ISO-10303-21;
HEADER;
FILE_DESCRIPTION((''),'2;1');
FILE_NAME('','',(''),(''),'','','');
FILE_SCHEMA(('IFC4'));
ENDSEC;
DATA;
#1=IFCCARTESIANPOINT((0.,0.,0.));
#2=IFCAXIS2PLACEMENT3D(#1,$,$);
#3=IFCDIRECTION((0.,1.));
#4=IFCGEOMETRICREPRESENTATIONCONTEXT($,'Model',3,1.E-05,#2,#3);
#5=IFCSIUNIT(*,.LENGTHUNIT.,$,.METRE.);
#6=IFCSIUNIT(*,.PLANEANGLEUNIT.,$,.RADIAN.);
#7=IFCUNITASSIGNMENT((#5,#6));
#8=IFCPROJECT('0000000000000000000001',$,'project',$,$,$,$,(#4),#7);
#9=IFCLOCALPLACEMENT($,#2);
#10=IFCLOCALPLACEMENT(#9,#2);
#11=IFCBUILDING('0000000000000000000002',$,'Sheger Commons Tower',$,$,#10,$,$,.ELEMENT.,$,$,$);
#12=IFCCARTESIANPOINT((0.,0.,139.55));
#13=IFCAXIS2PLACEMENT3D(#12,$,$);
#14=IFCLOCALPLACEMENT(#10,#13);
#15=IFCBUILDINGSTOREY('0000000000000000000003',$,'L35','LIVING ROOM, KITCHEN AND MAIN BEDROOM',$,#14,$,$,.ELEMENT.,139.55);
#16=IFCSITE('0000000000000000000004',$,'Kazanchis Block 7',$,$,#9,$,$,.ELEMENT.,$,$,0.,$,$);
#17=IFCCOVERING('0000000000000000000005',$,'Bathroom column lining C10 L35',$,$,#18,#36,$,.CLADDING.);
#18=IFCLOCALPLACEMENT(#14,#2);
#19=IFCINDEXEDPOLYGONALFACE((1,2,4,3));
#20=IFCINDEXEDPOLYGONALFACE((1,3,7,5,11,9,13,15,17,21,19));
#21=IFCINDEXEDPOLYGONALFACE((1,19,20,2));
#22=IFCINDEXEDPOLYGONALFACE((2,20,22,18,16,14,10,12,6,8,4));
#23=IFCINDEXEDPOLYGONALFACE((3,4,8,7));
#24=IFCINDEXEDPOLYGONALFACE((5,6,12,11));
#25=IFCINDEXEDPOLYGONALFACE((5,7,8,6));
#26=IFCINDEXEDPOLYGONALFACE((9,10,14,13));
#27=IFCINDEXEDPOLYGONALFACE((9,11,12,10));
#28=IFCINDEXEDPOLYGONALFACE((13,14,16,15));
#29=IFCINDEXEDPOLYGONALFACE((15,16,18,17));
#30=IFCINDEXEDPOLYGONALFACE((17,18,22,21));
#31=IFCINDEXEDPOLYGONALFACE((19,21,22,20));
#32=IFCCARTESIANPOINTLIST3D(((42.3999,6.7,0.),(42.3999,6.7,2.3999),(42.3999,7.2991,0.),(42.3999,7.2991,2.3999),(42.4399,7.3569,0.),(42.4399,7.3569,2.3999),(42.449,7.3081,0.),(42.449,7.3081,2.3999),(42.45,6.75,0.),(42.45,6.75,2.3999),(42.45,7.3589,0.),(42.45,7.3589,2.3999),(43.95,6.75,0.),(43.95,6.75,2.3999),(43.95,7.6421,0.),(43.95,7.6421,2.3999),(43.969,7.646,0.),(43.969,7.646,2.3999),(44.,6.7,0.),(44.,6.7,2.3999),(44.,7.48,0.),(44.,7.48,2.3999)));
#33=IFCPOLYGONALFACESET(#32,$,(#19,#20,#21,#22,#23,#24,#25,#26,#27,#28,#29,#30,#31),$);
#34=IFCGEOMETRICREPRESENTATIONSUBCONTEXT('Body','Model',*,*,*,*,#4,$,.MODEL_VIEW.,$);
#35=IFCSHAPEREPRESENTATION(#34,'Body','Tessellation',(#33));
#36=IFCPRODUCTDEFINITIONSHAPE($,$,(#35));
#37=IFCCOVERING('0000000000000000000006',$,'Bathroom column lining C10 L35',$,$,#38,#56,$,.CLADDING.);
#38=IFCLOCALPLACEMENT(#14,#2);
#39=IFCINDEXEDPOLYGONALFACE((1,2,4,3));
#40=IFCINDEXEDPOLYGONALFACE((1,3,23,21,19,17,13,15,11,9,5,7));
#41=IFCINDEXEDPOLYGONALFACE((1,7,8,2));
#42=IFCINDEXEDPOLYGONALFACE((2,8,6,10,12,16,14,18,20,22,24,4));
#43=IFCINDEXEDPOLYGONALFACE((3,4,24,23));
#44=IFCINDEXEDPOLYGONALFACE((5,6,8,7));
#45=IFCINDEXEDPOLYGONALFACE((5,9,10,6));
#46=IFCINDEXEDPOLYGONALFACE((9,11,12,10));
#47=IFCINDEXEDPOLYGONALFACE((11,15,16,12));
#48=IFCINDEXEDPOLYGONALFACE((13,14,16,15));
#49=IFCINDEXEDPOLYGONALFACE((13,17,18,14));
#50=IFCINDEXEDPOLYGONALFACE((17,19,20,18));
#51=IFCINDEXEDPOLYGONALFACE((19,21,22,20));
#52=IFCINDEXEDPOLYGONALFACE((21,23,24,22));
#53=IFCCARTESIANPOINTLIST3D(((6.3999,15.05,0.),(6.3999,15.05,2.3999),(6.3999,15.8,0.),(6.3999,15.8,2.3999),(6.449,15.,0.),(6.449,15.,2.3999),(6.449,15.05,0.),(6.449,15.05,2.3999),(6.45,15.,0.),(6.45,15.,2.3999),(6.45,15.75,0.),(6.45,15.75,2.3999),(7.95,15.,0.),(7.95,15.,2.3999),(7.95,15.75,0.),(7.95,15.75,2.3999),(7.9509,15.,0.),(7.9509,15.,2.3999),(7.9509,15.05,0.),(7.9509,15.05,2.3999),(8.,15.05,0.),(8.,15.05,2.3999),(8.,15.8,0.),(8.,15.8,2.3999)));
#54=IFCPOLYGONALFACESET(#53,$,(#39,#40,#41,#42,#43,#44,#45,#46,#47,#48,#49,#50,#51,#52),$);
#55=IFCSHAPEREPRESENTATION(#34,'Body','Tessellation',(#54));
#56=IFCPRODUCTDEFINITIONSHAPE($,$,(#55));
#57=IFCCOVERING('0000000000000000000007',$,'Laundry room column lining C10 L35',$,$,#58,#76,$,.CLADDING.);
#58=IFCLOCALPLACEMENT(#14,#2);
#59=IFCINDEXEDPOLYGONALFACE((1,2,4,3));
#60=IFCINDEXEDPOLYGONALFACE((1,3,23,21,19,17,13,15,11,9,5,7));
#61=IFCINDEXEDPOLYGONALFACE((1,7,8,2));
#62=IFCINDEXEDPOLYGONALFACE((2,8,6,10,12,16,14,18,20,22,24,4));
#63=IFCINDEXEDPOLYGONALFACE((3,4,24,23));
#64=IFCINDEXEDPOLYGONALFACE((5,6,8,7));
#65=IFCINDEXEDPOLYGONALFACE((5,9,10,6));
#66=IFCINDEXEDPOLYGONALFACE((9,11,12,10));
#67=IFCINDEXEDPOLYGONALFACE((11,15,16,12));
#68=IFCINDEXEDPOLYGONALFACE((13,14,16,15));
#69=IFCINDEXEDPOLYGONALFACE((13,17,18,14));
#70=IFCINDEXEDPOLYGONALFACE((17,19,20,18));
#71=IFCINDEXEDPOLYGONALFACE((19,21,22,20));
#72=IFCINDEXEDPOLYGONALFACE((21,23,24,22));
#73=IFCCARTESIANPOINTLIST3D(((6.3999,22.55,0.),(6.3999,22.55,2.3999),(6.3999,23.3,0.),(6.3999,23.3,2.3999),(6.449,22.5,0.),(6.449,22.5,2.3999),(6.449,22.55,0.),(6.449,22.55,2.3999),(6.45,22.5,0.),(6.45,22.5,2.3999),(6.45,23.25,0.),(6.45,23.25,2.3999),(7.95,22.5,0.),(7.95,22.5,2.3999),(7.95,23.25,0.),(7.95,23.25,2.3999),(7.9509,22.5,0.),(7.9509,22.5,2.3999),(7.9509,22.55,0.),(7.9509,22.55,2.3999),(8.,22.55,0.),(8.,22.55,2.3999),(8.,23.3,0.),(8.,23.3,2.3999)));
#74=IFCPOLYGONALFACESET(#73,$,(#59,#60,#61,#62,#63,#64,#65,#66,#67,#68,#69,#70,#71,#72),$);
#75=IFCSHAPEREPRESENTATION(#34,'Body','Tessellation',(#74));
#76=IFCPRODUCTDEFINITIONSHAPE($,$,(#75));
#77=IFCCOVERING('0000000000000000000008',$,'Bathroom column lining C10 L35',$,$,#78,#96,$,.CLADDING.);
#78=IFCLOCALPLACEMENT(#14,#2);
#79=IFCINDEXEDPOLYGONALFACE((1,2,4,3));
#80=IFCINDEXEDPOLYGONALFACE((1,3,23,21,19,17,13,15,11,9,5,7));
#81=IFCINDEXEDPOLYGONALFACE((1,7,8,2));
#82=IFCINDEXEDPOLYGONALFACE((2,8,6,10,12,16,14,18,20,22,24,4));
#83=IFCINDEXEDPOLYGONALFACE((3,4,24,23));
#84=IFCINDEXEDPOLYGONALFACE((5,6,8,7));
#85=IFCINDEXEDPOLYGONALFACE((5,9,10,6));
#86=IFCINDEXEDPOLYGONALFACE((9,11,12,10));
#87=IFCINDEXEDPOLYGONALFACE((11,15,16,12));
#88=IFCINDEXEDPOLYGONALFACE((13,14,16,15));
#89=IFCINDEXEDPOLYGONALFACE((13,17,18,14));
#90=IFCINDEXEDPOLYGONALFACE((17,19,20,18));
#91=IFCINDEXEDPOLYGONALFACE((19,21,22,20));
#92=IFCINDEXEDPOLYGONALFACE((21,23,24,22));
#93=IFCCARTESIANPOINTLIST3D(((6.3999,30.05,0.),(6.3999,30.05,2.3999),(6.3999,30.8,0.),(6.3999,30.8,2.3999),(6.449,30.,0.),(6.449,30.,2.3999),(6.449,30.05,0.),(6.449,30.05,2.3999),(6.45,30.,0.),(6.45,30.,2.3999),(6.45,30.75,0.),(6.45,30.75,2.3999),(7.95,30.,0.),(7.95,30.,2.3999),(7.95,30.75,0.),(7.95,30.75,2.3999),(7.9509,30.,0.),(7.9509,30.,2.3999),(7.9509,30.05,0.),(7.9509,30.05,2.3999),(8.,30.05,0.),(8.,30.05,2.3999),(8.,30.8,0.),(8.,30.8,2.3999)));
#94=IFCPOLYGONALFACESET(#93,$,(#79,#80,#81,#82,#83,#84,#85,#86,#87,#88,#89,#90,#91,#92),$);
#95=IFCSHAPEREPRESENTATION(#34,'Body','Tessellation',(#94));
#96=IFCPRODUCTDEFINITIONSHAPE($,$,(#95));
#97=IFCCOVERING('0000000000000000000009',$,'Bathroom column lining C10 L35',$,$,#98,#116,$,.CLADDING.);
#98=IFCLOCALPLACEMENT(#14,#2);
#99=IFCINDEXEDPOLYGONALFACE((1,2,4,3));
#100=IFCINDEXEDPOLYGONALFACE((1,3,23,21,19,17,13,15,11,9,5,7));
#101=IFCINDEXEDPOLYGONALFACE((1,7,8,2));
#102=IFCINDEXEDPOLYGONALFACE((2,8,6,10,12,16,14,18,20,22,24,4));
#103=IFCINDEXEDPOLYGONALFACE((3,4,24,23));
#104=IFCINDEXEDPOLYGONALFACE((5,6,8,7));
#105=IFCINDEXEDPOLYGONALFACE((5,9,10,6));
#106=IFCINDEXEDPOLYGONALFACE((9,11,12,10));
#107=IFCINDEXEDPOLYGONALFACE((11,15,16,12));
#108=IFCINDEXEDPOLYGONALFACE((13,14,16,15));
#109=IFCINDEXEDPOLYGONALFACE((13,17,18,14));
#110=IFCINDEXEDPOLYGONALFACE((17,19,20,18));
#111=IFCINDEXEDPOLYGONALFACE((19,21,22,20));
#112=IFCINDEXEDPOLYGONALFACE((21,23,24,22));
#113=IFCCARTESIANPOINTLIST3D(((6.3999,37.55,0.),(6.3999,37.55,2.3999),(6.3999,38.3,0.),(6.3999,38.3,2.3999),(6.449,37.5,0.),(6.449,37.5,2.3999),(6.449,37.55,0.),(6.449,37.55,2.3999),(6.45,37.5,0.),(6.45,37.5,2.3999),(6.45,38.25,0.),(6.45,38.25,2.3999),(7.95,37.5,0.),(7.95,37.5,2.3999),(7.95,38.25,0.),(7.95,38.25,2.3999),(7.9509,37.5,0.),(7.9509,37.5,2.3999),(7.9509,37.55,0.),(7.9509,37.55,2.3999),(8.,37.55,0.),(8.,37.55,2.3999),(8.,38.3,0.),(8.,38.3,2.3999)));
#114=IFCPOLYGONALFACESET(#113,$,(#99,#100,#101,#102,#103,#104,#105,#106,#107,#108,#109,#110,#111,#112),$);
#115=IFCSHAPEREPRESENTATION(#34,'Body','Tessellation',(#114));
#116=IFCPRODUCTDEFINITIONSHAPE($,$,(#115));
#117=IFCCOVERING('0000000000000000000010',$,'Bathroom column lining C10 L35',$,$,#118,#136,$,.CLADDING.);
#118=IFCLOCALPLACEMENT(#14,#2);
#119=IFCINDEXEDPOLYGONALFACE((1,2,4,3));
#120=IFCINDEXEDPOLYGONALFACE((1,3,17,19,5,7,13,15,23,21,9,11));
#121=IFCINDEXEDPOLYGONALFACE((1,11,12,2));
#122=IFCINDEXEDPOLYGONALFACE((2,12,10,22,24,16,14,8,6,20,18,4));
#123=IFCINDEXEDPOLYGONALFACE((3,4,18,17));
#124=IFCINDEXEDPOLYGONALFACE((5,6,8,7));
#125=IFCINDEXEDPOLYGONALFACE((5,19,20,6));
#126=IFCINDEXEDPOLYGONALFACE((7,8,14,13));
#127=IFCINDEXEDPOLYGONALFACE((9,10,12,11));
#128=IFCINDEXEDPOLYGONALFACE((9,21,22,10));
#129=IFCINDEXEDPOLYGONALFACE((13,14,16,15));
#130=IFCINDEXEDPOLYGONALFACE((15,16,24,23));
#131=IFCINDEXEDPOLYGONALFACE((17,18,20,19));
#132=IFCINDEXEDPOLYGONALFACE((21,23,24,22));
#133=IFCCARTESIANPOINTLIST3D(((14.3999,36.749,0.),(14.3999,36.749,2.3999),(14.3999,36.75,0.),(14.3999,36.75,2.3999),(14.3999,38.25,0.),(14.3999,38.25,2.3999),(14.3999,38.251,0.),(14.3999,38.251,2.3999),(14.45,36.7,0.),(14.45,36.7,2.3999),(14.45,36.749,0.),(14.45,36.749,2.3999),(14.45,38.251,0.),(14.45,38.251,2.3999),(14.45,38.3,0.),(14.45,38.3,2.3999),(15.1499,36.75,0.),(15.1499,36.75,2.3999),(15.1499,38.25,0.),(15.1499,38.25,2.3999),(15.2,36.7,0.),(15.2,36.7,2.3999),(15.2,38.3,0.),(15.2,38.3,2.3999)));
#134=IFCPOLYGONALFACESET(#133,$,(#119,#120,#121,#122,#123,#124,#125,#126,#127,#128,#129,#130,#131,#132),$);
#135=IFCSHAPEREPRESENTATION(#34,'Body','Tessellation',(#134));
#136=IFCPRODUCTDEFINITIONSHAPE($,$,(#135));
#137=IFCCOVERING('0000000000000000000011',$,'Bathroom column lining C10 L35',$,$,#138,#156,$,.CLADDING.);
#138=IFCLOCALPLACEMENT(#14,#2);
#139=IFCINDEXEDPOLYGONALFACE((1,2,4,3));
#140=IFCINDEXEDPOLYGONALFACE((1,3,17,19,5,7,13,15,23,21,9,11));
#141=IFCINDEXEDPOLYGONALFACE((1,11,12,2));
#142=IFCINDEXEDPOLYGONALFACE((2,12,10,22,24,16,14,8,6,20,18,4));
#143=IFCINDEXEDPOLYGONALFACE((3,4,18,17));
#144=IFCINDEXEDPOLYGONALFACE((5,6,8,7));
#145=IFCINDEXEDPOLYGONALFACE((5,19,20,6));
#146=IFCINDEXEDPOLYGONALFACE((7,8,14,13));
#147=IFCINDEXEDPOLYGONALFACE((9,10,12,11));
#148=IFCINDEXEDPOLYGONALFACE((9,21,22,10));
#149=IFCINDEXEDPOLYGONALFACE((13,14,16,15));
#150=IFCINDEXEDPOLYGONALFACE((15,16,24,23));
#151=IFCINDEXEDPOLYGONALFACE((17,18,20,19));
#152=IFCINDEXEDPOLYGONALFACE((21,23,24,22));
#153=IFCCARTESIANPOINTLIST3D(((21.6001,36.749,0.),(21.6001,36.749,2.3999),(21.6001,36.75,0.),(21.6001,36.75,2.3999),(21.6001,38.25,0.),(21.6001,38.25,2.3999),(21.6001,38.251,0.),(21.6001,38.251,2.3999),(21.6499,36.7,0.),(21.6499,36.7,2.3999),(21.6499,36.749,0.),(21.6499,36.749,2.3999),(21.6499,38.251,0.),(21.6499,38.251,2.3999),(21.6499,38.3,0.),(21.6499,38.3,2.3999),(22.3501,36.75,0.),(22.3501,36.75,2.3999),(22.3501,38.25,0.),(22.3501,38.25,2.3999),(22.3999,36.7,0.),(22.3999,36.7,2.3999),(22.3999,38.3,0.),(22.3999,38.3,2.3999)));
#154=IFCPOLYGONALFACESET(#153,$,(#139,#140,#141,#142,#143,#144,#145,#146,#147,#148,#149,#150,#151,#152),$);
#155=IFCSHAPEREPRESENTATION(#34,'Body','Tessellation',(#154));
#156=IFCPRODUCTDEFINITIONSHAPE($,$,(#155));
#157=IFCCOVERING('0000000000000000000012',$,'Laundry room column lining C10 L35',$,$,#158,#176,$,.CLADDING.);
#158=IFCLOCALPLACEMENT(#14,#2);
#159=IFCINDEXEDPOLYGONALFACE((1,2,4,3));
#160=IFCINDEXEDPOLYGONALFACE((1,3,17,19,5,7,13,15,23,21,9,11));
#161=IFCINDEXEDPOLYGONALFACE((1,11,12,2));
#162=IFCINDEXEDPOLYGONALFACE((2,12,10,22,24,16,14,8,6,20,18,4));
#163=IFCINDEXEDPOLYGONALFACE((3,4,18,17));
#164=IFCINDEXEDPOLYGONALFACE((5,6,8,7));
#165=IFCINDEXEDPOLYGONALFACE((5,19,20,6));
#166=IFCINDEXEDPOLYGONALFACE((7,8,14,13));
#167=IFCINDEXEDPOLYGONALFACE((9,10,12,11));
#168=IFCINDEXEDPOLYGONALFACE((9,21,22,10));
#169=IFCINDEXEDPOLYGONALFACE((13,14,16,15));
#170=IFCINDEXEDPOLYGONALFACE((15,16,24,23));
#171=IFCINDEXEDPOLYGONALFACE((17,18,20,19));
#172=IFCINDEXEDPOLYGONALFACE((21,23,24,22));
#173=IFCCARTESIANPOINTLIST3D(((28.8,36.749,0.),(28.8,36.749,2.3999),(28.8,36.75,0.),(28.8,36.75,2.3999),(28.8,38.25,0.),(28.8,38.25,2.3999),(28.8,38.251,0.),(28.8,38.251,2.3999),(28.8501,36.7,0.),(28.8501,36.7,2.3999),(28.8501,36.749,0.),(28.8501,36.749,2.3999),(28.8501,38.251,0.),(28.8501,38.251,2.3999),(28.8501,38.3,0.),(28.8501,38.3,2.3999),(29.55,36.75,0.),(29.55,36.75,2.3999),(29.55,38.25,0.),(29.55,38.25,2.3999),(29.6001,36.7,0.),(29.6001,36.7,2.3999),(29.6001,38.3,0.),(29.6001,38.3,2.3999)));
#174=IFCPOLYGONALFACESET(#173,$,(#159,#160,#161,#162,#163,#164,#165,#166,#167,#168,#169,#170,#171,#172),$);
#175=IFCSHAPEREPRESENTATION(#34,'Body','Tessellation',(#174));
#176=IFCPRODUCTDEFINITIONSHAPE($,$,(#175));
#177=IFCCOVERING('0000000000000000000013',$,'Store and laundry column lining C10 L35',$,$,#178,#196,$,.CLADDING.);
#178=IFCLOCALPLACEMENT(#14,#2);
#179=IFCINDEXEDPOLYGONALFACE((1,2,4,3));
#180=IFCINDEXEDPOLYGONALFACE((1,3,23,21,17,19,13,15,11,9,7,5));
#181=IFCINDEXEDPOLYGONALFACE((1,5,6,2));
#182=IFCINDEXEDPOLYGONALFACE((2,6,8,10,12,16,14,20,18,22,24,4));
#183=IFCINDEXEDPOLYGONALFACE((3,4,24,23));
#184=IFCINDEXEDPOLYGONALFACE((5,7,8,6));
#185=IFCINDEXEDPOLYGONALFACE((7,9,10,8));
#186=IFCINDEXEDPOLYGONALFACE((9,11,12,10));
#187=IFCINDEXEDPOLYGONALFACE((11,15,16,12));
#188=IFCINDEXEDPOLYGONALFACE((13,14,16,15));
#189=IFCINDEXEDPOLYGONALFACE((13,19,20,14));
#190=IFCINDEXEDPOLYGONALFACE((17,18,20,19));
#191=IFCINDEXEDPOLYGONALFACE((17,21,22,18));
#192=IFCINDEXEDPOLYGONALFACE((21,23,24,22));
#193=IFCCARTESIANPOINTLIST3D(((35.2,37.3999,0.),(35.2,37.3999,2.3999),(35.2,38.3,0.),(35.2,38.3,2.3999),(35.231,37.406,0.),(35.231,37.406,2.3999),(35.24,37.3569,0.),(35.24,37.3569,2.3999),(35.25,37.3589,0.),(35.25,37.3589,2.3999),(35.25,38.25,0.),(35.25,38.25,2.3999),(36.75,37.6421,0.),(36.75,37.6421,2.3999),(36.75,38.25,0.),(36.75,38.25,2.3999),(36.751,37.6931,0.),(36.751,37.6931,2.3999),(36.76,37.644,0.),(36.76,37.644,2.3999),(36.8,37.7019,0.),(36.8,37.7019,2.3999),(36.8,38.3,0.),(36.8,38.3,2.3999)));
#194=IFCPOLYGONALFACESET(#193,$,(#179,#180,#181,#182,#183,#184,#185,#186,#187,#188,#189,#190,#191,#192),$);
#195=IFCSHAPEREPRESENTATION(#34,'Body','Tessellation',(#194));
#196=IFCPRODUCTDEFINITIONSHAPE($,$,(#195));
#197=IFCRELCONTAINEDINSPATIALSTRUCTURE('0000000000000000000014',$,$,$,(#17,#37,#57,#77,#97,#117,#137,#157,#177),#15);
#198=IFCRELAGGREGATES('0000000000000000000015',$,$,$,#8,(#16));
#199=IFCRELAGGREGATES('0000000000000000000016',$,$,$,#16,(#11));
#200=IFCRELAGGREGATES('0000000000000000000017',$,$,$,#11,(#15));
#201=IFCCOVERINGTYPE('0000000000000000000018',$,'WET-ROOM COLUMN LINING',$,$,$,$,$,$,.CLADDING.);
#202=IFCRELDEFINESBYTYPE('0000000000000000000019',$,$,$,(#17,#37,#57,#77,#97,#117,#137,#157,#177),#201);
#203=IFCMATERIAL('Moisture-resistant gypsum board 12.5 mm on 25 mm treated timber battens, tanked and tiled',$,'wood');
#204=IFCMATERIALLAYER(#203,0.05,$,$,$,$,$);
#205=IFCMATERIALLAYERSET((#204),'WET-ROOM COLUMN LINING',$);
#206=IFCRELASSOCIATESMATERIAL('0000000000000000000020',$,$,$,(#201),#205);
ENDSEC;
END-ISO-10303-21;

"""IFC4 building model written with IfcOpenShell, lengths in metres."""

from ifc_helpers import new_model, si_unit, direction, frame, origin, place, context, subcontext, project, spatial, polyline, outline, extrude, material, layer, layer_set, type_object, element, save


model = new_model("IFC4")

# Units and contexts
model_context = context("Model", 3, precision=1e-05, world=origin(), true_north=direction((0.0, 1.0)))
body_context = subcontext(model_context, "Body", "Model", "MODEL_VIEW")
ifc_project = project(units=[si_unit("LENGTHUNIT", "METRE"), si_unit("PLANEANGLEUNIT", "RADIAN")], contexts=[model_context])

# Site, building, storey
site_placement = place(None, origin())
site = spatial("IfcSite", under=ifc_project, at=site_placement, Name="Kazanchis Block 7", CompositionType="ELEMENT", RefElevation=0.0)
building_placement = place(site_placement, origin())
building = spatial("IfcBuilding", under=site, at=building_placement, Name="Sheger Commons Tower", CompositionType="ELEMENT")
storey_placement = place(building_placement, frame((0.0, 0.0, 139.55)))
storey = spatial("IfcBuildingStorey", under=building, at=storey_placement, Name="L35", Description="LIVING ROOM, KITCHEN AND MAIN BEDROOM", CompositionType="ELEMENT", Elevation=139.55)

# Coverings
ifc_material_1 = material(Name="Moisture-resistant gypsum board 12.5 mm on 25 mm treated timber battens, tanked and tiled", Category="wood")
ifc_layer_1 = layer(ifc_material_1, 0.05)
ifc_layer_set_1 = layer_set([ifc_layer_1], Name="WET-ROOM COLUMN LINING")
covering_type_1 = type_object("IfcCoveringType", Name="WET-ROOM COLUMN LINING", PredefinedType="CLADDING", material=ifc_layer_set_1)
covering_1_placement = place(storey_placement, origin())
element("IfcCovering", 1, at=covering_1_placement, inside=storey, type_object=covering_type_1, Name="Bathroom column lining C10 L35", PredefinedType="CLADDING", context=body_context, shape_type="SweptSolid", body=[
    extrude(outline(polyline([(42.45, 7.3589), (42.45, 6.75), (43.95, 6.75), (43.95, 7.6421), (43.969, 7.646), (44.0, 7.48), (44.0, 6.7), (42.3999, 6.7), (42.3999, 7.2991), (42.449, 7.3081), (42.4399, 7.3569), (42.45, 7.3589)])), origin(), (0.0, 0.0, 1.0), 2.3999),
])
covering_2_placement = place(storey_placement, origin())
element("IfcCovering", 2, at=covering_2_placement, inside=storey, type_object=covering_type_1, Name="Bathroom column lining C10 L35", PredefinedType="CLADDING", context=body_context, shape_type="SweptSolid", body=[
    extrude(outline(polyline([(8.0, 15.8), (8.0, 15.05), (7.9509, 15.05), (7.9509, 15.0), (7.95, 15.0), (7.95, 15.75), (6.45, 15.75), (6.45, 15.0), (6.449, 15.0), (6.449, 15.05), (6.3999, 15.05), (6.3999, 15.8), (8.0, 15.8)])), origin(), (0.0, 0.0, 1.0), 2.3999),
])
covering_3_placement = place(storey_placement, origin())
element("IfcCovering", 3, at=covering_3_placement, inside=storey, type_object=covering_type_1, Name="Laundry room column lining C10 L35", PredefinedType="CLADDING", context=body_context, shape_type="SweptSolid", body=[
    extrude(outline(polyline([(8.0, 23.3), (8.0, 22.55), (7.9509, 22.55), (7.9509, 22.5), (7.95, 22.5), (7.95, 23.25), (6.45, 23.25), (6.45, 22.5), (6.449, 22.5), (6.449, 22.55), (6.3999, 22.55), (6.3999, 23.3), (8.0, 23.3)])), origin(), (0.0, 0.0, 1.0), 2.3999),
])
covering_4_placement = place(storey_placement, origin())
element("IfcCovering", 4, at=covering_4_placement, inside=storey, type_object=covering_type_1, Name="Bathroom column lining C10 L35", PredefinedType="CLADDING", context=body_context, shape_type="SweptSolid", body=[
    extrude(outline(polyline([(8.0, 30.8), (8.0, 30.05), (7.9509, 30.05), (7.9509, 30.0), (7.95, 30.0), (7.95, 30.75), (6.45, 30.75), (6.45, 30.0), (6.449, 30.0), (6.449, 30.05), (6.3999, 30.05), (6.3999, 30.8), (8.0, 30.8)])), origin(), (0.0, 0.0, 1.0), 2.3999),
])
covering_5_placement = place(storey_placement, origin())
element("IfcCovering", 5, at=covering_5_placement, inside=storey, type_object=covering_type_1, Name="Bathroom column lining C10 L35", PredefinedType="CLADDING", context=body_context, shape_type="SweptSolid", body=[
    extrude(outline(polyline([(8.0, 38.3), (8.0, 37.55), (7.9509, 37.55), (7.9509, 37.5), (7.95, 37.5), (7.95, 38.25), (6.45, 38.25), (6.45, 37.5), (6.449, 37.5), (6.449, 37.55), (6.3999, 37.55), (6.3999, 38.3), (8.0, 38.3)])), origin(), (0.0, 0.0, 1.0), 2.3999),
])
covering_6_placement = place(storey_placement, origin())
element("IfcCovering", 6, at=covering_6_placement, inside=storey, type_object=covering_type_1, Name="Bathroom column lining C10 L35", PredefinedType="CLADDING", context=body_context, shape_type="SweptSolid", body=[
    extrude(outline(polyline([(15.2, 36.7), (14.45, 36.7), (14.45, 36.749), (14.3999, 36.749), (14.3999, 36.75), (15.1499, 36.75), (15.1499, 38.25), (14.3999, 38.25), (14.3999, 38.251), (14.45, 38.251), (14.45, 38.3), (15.2, 38.3), (15.2, 36.7)])), origin(), (0.0, 0.0, 1.0), 2.3999),
])
covering_7_placement = place(storey_placement, origin())
element("IfcCovering", 7, at=covering_7_placement, inside=storey, type_object=covering_type_1, Name="Bathroom column lining C10 L35", PredefinedType="CLADDING", context=body_context, shape_type="SweptSolid", body=[
    extrude(outline(polyline([(22.3999, 36.7), (21.6499, 36.7), (21.6499, 36.749), (21.6001, 36.749), (21.6001, 36.75), (22.3501, 36.75), (22.3501, 38.25), (21.6001, 38.25), (21.6001, 38.251), (21.6499, 38.251), (21.6499, 38.3), (22.3999, 38.3), (22.3999, 36.7)])), origin(), (0.0, 0.0, 1.0), 2.3999),
])
covering_8_placement = place(storey_placement, origin())
element("IfcCovering", 8, at=covering_8_placement, inside=storey, type_object=covering_type_1, Name="Laundry room column lining C10 L35", PredefinedType="CLADDING", context=body_context, shape_type="SweptSolid", body=[
    extrude(outline(polyline([(29.6001, 36.7), (28.8501, 36.7), (28.8501, 36.749), (28.8, 36.749), (28.8, 36.75), (29.55, 36.75), (29.55, 38.25), (28.8, 38.25), (28.8, 38.251), (28.8501, 38.251), (28.8501, 38.3), (29.6001, 38.3), (29.6001, 36.7)])), origin(), (0.0, 0.0, 1.0), 2.3999),
])
covering_9_placement = place(storey_placement, origin())
element("IfcCovering", 9, at=covering_9_placement, inside=storey, type_object=covering_type_1, Name="Store and laundry column lining C10 L35", PredefinedType="CLADDING", context=body_context, shape_type="SweptSolid", body=[
    extrude(outline(polyline([(36.8, 38.3), (36.8, 37.7019), (36.751, 37.6931), (36.76, 37.644), (36.75, 37.6421), (36.75, 38.25), (35.25, 38.25), (35.25, 37.3589), (35.24, 37.3569), (35.231, 37.406), (35.2, 37.3999), (35.2, 38.3), (36.8, 38.3)])), origin(), (0.0, 0.0, 1.0), 2.3999),
])

save(model, "model.ifc")
